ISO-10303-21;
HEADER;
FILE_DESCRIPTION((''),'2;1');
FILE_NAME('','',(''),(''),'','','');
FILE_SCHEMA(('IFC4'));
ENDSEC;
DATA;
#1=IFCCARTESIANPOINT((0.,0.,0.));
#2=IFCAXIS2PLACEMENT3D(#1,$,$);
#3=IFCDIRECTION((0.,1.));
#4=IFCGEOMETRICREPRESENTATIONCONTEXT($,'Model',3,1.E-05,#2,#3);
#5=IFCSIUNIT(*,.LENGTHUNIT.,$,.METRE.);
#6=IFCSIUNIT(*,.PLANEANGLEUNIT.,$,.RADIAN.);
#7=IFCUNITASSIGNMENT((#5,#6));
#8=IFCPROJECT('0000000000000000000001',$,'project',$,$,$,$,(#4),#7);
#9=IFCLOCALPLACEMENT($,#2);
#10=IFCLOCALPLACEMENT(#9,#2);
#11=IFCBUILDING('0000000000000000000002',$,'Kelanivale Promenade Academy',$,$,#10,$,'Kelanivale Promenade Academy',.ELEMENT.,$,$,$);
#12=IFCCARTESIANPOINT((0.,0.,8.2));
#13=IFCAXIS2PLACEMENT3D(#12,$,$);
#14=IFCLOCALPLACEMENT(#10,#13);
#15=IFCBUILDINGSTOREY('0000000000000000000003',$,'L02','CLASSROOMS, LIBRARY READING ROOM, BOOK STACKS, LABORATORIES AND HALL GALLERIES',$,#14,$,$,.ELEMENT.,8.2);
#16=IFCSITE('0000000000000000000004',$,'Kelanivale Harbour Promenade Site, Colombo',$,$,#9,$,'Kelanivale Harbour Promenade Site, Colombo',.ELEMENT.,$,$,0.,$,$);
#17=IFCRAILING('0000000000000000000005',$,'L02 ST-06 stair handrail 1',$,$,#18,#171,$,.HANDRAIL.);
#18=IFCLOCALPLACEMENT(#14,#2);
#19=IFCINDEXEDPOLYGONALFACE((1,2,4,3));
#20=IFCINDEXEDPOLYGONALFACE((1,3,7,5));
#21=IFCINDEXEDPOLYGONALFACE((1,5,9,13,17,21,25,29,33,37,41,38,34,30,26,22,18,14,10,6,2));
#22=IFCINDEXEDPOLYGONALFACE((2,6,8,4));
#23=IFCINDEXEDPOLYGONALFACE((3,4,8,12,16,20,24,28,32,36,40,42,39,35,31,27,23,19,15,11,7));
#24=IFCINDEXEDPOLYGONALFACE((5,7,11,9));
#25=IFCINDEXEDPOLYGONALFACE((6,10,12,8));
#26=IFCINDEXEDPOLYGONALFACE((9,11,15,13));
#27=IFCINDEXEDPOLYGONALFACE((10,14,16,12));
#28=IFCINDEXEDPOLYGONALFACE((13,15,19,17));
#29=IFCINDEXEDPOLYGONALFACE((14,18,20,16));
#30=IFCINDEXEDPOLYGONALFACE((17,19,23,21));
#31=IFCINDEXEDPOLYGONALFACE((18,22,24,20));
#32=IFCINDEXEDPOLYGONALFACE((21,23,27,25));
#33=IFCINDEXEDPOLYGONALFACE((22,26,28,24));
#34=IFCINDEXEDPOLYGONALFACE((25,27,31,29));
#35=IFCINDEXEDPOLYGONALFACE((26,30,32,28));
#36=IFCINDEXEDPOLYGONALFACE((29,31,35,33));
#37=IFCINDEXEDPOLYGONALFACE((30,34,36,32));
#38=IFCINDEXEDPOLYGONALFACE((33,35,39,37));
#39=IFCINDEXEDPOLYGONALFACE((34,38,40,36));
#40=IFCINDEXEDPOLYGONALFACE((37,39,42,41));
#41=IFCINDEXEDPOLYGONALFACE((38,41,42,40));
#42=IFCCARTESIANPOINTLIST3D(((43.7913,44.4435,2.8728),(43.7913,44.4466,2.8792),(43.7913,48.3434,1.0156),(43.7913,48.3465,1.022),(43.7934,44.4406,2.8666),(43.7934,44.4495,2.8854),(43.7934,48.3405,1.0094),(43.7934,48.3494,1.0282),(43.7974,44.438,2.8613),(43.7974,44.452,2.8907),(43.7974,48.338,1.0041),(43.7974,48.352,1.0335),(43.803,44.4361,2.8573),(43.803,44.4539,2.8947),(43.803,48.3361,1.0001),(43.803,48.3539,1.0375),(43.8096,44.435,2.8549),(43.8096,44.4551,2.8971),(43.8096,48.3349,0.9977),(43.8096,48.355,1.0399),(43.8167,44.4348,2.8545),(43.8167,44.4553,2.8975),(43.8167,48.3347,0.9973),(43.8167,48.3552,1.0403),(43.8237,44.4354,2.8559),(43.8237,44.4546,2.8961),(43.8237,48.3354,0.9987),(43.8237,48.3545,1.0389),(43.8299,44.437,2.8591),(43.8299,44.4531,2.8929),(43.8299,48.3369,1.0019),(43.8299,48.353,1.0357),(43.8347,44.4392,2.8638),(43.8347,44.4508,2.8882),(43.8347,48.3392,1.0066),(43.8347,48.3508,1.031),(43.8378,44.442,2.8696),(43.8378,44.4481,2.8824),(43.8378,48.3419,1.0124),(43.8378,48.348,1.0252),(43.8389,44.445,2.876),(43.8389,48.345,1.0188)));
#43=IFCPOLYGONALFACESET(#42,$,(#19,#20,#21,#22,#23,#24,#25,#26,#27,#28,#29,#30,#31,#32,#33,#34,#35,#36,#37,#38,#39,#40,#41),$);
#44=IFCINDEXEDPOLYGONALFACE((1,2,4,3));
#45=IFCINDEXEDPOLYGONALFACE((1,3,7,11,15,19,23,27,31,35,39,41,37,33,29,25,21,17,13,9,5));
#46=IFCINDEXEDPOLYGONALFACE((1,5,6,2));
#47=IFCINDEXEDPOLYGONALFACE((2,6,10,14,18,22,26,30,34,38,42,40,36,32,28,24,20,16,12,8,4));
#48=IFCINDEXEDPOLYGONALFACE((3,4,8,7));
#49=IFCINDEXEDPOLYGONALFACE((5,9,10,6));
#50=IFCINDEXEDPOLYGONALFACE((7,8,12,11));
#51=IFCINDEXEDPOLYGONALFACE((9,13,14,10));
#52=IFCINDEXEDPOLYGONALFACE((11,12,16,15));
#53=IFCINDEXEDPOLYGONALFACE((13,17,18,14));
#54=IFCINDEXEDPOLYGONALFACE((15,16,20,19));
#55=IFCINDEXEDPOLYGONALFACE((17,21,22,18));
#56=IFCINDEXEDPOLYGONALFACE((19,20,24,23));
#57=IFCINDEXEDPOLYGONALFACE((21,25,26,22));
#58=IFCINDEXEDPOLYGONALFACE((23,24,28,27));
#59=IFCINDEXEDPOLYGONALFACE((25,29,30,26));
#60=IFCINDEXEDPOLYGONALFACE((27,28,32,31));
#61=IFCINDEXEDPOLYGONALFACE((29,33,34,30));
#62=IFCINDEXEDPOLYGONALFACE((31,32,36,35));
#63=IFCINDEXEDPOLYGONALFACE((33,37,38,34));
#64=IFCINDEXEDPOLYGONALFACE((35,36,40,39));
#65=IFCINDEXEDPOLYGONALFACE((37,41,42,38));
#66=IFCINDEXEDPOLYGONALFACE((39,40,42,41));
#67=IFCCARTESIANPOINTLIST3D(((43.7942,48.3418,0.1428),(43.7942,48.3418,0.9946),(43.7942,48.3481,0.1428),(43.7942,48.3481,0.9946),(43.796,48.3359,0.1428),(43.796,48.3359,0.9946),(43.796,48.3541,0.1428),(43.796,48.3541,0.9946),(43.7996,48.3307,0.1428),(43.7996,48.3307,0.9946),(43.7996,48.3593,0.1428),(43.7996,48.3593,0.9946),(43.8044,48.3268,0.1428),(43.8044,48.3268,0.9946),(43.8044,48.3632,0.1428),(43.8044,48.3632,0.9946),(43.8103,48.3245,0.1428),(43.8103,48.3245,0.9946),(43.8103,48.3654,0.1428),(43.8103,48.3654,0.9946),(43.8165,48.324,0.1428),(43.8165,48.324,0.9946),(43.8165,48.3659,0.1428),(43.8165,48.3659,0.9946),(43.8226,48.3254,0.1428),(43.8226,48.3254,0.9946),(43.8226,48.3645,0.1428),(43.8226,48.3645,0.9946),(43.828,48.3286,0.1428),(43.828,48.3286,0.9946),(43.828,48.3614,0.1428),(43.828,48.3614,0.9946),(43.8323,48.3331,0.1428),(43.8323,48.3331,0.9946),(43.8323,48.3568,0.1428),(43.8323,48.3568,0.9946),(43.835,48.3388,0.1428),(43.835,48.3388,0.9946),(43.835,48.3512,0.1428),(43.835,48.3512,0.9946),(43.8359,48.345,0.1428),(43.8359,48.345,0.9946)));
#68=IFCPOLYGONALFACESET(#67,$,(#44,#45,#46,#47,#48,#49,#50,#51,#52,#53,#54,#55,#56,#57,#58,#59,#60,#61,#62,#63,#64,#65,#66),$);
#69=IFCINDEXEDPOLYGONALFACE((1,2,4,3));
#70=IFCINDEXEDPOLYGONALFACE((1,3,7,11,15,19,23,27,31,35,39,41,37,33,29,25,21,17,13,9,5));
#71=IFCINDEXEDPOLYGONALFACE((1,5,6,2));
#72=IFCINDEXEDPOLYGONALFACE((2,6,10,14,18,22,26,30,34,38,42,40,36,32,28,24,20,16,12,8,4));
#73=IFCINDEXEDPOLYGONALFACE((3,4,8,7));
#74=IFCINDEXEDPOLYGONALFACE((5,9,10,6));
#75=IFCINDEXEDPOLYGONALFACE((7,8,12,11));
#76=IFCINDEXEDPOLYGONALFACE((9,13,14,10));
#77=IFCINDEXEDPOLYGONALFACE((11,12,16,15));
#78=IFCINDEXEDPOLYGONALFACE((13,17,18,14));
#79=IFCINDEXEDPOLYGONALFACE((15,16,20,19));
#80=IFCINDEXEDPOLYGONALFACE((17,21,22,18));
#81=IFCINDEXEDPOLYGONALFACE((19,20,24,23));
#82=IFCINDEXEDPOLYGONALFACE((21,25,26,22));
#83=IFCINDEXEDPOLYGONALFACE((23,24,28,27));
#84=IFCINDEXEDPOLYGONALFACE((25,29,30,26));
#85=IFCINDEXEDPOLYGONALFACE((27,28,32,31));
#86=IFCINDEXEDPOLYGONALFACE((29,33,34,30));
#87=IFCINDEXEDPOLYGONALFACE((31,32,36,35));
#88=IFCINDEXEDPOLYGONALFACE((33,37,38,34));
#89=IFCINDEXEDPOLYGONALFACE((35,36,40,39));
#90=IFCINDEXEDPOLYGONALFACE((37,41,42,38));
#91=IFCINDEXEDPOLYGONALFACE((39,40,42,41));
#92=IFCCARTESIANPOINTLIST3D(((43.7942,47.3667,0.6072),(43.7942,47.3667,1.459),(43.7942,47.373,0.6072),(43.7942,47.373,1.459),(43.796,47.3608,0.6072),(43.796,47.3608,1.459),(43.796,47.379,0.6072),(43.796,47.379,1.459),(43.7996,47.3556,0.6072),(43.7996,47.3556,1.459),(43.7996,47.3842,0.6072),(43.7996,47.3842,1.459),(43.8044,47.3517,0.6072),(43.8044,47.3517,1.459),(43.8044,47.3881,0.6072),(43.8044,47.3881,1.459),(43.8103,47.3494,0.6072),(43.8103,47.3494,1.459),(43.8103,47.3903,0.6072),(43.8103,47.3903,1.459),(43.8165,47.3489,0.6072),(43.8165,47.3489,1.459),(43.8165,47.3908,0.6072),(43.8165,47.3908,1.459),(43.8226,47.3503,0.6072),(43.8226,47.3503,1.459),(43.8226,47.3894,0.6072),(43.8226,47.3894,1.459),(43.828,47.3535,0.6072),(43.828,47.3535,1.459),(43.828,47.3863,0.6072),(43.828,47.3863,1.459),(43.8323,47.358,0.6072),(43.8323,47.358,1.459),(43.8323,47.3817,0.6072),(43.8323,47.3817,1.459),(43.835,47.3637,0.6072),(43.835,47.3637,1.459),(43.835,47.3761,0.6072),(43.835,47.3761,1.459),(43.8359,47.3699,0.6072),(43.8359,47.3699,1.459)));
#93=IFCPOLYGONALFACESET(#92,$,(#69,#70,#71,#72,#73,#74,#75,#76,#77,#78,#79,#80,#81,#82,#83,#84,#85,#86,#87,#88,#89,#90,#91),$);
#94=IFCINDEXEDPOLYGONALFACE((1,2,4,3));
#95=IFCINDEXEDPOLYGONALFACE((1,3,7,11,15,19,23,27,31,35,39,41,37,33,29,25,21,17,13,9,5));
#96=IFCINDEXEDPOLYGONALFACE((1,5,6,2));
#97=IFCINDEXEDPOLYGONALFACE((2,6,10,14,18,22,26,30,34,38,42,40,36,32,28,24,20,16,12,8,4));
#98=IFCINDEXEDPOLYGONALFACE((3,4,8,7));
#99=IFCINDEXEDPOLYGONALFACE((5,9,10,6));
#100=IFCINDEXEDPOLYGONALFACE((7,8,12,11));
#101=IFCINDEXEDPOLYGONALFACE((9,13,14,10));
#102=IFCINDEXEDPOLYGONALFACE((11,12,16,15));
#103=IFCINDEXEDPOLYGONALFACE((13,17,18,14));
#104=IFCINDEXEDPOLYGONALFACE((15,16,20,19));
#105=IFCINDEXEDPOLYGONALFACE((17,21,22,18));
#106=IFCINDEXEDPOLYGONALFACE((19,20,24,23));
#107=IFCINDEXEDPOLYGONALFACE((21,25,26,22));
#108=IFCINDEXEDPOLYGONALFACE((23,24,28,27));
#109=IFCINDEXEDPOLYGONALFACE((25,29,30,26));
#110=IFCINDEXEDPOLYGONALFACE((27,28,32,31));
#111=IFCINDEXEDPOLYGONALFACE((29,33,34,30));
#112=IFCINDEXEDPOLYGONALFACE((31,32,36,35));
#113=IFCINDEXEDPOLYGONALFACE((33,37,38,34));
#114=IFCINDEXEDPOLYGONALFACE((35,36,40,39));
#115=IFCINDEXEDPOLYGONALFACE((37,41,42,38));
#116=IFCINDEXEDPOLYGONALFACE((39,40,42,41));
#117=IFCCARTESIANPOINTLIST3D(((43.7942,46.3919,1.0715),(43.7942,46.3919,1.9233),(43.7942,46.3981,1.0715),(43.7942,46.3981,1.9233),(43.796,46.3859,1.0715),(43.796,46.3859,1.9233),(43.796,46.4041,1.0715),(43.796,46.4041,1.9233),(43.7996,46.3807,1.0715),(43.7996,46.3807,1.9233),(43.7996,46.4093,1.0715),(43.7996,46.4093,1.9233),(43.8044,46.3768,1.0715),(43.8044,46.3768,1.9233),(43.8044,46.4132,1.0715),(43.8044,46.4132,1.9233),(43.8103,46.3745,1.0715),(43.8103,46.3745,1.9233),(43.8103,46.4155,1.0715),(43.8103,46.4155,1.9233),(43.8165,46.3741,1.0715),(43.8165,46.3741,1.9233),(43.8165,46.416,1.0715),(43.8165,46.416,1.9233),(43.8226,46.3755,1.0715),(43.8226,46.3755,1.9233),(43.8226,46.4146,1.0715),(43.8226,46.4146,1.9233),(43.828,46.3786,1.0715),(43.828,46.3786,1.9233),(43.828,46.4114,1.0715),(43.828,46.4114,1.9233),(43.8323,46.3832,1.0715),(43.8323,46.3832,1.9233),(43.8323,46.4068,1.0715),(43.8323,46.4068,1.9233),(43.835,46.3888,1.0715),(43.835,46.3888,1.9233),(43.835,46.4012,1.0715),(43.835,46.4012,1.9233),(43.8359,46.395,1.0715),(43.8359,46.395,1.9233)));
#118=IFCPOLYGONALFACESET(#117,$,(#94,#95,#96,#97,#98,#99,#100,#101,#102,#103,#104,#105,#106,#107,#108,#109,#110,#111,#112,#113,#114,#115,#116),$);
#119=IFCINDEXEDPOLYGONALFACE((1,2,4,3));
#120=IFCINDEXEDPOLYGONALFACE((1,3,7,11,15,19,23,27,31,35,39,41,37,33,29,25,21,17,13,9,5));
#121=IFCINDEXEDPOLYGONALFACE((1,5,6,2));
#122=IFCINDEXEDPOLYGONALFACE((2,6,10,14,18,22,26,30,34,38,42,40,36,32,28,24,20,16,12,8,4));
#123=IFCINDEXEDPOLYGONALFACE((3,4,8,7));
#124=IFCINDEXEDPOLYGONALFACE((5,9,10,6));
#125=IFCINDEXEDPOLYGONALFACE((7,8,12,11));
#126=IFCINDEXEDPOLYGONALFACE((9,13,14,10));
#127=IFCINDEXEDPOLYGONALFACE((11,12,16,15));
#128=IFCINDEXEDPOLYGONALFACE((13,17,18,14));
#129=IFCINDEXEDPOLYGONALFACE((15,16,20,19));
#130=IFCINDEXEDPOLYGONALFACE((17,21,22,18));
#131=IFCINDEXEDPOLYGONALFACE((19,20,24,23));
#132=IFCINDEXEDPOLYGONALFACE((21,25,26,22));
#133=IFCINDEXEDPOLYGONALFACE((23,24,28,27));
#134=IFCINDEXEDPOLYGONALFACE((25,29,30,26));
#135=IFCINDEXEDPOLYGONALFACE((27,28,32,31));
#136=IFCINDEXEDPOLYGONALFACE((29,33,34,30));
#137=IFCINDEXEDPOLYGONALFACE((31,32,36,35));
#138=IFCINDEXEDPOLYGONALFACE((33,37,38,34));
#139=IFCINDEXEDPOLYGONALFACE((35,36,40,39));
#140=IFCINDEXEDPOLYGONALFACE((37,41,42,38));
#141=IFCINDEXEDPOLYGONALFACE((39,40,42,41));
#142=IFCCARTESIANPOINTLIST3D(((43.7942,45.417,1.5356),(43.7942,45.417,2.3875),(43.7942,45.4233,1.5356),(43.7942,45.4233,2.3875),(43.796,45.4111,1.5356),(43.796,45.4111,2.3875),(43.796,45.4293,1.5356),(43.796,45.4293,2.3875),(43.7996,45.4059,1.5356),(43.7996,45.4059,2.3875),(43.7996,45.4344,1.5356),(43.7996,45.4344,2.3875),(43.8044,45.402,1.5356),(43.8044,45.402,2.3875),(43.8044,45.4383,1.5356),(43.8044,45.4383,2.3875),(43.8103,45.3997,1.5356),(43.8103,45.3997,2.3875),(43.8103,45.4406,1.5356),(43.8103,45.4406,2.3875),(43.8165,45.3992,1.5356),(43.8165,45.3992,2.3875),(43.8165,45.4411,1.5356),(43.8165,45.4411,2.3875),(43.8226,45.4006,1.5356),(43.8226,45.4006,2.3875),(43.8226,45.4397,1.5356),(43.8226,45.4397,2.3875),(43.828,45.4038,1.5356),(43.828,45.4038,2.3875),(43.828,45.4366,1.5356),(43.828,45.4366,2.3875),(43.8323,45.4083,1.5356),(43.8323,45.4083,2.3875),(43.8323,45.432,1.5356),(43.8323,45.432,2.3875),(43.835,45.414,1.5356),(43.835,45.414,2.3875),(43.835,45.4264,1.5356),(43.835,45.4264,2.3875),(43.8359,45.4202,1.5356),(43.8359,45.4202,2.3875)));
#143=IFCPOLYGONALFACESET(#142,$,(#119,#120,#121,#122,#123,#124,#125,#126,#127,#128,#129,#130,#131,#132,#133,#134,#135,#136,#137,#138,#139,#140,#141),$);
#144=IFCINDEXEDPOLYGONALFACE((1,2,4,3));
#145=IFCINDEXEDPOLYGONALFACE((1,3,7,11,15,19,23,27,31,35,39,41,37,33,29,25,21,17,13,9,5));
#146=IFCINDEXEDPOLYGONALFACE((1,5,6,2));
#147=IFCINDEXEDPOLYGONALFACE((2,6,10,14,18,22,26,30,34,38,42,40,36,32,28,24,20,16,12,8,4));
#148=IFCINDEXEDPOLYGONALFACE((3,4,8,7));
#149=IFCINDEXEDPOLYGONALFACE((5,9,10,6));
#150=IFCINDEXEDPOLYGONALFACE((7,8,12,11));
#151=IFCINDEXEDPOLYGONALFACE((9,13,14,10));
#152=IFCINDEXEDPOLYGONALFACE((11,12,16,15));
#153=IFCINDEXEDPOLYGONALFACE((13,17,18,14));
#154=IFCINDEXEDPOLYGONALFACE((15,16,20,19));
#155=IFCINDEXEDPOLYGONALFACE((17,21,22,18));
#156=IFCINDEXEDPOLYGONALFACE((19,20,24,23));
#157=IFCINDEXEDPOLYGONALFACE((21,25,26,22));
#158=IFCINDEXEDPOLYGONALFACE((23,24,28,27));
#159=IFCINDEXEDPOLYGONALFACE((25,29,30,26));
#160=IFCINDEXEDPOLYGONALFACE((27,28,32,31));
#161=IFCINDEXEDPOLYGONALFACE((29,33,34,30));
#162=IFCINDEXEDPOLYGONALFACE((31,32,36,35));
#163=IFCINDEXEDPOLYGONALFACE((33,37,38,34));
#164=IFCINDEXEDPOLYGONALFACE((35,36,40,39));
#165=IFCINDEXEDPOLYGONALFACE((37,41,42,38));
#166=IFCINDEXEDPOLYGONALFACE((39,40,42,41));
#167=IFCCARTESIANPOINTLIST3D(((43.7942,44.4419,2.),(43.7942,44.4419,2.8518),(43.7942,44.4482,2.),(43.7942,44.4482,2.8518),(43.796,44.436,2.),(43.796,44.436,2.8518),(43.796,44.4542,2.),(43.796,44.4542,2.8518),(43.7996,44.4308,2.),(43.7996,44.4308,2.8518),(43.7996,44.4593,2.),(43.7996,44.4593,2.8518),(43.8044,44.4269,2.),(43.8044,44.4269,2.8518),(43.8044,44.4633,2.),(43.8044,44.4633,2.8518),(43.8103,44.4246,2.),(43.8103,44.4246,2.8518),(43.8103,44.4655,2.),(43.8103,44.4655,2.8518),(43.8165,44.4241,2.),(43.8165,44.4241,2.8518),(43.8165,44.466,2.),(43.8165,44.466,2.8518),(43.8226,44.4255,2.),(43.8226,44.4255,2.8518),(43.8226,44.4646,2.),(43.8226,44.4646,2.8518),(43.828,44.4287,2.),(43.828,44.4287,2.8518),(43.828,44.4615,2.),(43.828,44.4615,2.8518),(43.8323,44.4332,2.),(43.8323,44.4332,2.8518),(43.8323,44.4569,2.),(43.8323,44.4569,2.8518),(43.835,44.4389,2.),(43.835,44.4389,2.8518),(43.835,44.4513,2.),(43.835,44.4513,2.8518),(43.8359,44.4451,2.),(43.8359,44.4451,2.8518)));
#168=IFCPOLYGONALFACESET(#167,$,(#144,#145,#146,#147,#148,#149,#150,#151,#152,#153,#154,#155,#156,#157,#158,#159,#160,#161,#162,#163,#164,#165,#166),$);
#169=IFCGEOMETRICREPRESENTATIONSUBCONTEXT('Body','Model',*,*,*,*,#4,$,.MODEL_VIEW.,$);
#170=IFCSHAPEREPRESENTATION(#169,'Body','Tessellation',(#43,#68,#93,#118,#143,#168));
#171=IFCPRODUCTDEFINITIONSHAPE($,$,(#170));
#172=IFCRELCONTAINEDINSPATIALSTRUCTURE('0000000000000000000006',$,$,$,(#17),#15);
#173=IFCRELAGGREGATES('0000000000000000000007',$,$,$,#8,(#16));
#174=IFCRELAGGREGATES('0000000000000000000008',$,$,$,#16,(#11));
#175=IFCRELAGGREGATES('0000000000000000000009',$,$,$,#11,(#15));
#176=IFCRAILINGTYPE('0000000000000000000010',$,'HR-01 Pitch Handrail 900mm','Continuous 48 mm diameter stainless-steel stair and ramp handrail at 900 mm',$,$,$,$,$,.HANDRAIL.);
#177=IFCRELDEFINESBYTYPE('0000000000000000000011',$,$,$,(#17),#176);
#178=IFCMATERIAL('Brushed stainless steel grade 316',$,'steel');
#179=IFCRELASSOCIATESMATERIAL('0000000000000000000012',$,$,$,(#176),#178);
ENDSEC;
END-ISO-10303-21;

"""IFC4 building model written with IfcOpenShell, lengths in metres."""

from ifc_helpers import new_model, si_unit, direction, frame, origin, origin_2d, place, context, subcontext, project, spatial, circle, extrude, material, type_object, element, save


model = new_model("IFC4")

# Units and contexts
model_context = context("Model", 3, precision=1e-05, world=origin(), true_north=direction((0.0, 1.0)))
body_context = subcontext(model_context, "Body", "Model", "MODEL_VIEW")
ifc_project = project(units=[si_unit("LENGTHUNIT", "METRE"), si_unit("PLANEANGLEUNIT", "RADIAN")], contexts=[model_context])

# Site, building, storey
site_placement = place(None, origin())
site = spatial("IfcSite", under=ifc_project, at=site_placement, Name="Kelanivale Harbour Promenade Site, Colombo", LongName="Kelanivale Harbour Promenade Site, Colombo", CompositionType="ELEMENT", RefElevation=0.0)
building_placement = place(site_placement, origin())
building = spatial("IfcBuilding", under=site, at=building_placement, Name="Kelanivale Promenade Academy", LongName="Kelanivale Promenade Academy", CompositionType="ELEMENT")
storey_placement = place(building_placement, frame((0.0, 0.0, 8.2)))
storey = spatial("IfcBuildingStorey", under=building, at=storey_placement, Name="L02", Description="CLASSROOMS, LIBRARY READING ROOM, BOOK STACKS, LABORATORIES AND HALL GALLERIES", CompositionType="ELEMENT", Elevation=8.2)

# Railing
ifc_material_1 = material(Name="Brushed stainless steel grade 316", Category="steel")
railing_type_1 = type_object("IfcRailingType", Name="HR-01 Pitch Handrail 900mm", Description="Continuous 48 mm diameter stainless-steel stair and ramp handrail at 900 mm", PredefinedType="HANDRAIL", material=ifc_material_1)
railing_1_placement = place(storey_placement, frame((43.8149, 48.345, 0.1428)))
element("IfcRailing", 1, at=railing_1_placement, inside=storey, type_object=railing_type_1, Name="L02 ST-06 stair handrail 1", PredefinedType="HANDRAIL", context=body_context, shape_type="SweptSolid", body=[
    extrude(circle(Radius=0.0239, at=origin_2d()), frame((0.0, 0.0, 0.876), z_axis=(0.0, -0.902853, 0.429949), x_axis=(1.0, 0.0, 0.0)), (0.0, 0.0, 1.0), 4.3196),
    extrude(circle(Radius=0.021, at=origin_2d()), origin(), (0.0, 0.0, 1.0), 0.8518),
    extrude(circle(Radius=0.021, at=origin_2d()), frame((0.0, -0.9751, 0.4644)), (0.0, 0.0, 1.0), 0.8518),
    extrude(circle(Radius=0.021, at=origin_2d()), frame((0.0, -1.95, 0.9287)), (0.0, 0.0, 1.0), 0.8518),
    extrude(circle(Radius=0.021, at=origin_2d()), frame((0.0, -2.9248, 1.3928)), (0.0, 0.0, 1.0), 0.8518),
    extrude(circle(Radius=0.021, at=origin_2d()), frame((0.0, -3.8999, 1.8572)), (0.0, 0.0, 1.0), 0.8518),
])

save(model, "model.ifc")
